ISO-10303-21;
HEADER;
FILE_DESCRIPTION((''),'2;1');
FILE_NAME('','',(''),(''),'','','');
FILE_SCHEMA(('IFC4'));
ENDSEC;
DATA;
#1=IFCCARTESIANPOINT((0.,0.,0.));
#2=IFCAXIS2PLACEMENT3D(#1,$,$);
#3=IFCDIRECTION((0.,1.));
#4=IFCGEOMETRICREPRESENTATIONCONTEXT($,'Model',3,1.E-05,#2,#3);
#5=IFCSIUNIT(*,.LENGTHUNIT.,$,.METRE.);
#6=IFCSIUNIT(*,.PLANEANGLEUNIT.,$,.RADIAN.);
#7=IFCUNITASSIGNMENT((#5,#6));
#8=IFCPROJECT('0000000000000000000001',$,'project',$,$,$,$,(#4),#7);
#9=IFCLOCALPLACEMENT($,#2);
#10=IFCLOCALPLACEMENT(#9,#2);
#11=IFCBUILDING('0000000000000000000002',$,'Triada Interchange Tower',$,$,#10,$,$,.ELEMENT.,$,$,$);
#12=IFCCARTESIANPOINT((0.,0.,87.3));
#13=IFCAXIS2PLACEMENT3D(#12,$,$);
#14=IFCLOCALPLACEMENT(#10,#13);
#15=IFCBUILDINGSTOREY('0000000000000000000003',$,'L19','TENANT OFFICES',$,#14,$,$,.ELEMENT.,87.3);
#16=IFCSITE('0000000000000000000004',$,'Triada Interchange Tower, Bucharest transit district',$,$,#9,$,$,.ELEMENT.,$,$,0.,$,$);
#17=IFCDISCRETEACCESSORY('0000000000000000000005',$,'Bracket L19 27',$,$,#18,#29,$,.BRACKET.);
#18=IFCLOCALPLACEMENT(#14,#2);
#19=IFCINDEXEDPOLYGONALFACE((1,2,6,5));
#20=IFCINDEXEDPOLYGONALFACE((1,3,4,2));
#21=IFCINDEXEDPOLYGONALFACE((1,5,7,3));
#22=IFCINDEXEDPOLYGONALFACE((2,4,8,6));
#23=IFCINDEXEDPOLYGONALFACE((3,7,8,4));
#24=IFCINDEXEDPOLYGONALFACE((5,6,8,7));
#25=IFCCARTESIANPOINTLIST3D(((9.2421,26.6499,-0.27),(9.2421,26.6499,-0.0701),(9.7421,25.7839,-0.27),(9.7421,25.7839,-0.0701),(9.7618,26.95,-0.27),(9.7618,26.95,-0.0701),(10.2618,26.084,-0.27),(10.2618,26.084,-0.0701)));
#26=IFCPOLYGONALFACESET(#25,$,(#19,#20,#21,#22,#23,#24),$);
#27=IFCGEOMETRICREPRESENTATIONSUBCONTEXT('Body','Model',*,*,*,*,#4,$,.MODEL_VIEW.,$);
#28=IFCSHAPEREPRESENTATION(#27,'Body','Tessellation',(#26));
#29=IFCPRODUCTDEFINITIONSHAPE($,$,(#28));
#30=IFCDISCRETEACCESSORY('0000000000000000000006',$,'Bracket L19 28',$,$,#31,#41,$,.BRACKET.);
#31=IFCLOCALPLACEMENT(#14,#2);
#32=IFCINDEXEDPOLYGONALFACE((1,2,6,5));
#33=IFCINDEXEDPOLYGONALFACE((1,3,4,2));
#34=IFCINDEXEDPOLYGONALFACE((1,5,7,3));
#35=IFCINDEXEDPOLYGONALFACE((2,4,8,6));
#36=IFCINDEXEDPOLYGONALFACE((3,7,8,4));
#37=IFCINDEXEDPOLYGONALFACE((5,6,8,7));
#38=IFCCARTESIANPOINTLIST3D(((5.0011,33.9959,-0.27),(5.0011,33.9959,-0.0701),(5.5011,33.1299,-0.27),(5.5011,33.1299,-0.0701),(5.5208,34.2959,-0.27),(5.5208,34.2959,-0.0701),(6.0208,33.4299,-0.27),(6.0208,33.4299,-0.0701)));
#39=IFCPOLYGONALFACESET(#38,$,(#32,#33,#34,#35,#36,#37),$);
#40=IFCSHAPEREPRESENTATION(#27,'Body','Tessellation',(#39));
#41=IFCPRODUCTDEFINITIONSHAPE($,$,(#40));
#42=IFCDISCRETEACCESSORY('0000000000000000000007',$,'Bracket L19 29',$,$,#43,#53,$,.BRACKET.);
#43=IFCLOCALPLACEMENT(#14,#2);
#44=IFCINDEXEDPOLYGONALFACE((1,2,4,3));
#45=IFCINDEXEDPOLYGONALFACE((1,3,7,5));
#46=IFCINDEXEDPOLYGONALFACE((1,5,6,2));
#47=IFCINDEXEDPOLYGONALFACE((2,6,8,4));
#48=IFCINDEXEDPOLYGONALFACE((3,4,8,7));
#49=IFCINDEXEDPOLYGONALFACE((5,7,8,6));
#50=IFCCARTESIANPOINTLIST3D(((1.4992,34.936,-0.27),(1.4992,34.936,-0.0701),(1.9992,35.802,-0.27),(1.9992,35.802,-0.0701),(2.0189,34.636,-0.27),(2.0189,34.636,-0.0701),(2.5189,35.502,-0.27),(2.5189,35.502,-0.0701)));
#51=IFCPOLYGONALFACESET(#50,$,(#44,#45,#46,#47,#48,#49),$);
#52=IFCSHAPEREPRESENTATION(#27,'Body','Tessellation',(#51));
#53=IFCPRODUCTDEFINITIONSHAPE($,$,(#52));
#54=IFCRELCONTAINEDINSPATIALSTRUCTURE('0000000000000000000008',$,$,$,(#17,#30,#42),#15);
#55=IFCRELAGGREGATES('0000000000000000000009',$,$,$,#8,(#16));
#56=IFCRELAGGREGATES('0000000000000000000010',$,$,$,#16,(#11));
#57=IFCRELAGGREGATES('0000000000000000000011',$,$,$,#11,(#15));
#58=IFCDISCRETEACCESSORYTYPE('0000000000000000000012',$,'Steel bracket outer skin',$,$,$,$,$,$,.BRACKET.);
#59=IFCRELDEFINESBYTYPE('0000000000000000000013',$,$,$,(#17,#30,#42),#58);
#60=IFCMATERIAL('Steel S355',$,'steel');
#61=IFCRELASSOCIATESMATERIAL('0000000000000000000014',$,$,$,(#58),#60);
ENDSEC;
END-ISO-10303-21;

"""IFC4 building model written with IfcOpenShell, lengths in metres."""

from ifc_helpers import new_model, si_unit, direction, frame, origin, origin_2d, place, context, subcontext, project, spatial, rectangle, extrude, material, type_object, element, save


model = new_model("IFC4")

# Units and contexts
model_context = context("Model", 3, precision=1e-05, world=origin(), true_north=direction((0.0, 1.0)))
body_context = subcontext(model_context, "Body", "Model", "MODEL_VIEW")
ifc_project = project(units=[si_unit("LENGTHUNIT", "METRE"), si_unit("PLANEANGLEUNIT", "RADIAN")], contexts=[model_context])

# Site, building, storey
site_placement = place(None, origin())
site = spatial("IfcSite", under=ifc_project, at=site_placement, Name="Triada Interchange Tower, Bucharest transit district", CompositionType="ELEMENT", RefElevation=0.0)
building_placement = place(site_placement, origin())
building = spatial("IfcBuilding", under=site, at=building_placement, Name="Triada Interchange Tower", CompositionType="ELEMENT")
storey_placement = place(building_placement, frame((0.0, 0.0, 87.3)))
storey = spatial("IfcBuildingStorey", under=building, at=storey_placement, Name="L19", Description="TENANT OFFICES", CompositionType="ELEMENT", Elevation=87.3)

# Discrete accessories
ifc_material_1 = material(Name="Steel S355", Category="steel")
discrete_accessory_type = type_object("IfcDiscreteAccessoryType", Name="Steel bracket outer skin", PredefinedType="BRACKET", material=ifc_material_1)
for number, where, z_axis, x_axis, name in (
    (1, (9.752, 26.3669, -0.27), (0.0, 0.0, 1.0), (0.866025, 0.5, 0.0), "Bracket L19 27"),
    (2, (5.511, 33.7129, -0.27), (0.0, 0.0, 1.0), (0.866025, 0.5, 0.0), "Bracket L19 28"),
    (3, (2.009, 35.219, -0.27), (0.0, 0.0, 1.0), (-0.866023, 0.500004, 0.0), "Bracket L19 29"),
):
    element("IfcDiscreteAccessory", number, at=place(storey_placement, frame(where, z_axis=z_axis, x_axis=x_axis)), inside=storey, type_object=discrete_accessory_type, Name=name, PredefinedType="BRACKET", context=body_context, shape_type="SweptSolid", body=[
        extrude(rectangle(XDim=0.6001, YDim=1.0, at=origin_2d()), origin(), (0.0, 0.0, 1.0), 0.2),
    ])

save(model, "model.ifc")
